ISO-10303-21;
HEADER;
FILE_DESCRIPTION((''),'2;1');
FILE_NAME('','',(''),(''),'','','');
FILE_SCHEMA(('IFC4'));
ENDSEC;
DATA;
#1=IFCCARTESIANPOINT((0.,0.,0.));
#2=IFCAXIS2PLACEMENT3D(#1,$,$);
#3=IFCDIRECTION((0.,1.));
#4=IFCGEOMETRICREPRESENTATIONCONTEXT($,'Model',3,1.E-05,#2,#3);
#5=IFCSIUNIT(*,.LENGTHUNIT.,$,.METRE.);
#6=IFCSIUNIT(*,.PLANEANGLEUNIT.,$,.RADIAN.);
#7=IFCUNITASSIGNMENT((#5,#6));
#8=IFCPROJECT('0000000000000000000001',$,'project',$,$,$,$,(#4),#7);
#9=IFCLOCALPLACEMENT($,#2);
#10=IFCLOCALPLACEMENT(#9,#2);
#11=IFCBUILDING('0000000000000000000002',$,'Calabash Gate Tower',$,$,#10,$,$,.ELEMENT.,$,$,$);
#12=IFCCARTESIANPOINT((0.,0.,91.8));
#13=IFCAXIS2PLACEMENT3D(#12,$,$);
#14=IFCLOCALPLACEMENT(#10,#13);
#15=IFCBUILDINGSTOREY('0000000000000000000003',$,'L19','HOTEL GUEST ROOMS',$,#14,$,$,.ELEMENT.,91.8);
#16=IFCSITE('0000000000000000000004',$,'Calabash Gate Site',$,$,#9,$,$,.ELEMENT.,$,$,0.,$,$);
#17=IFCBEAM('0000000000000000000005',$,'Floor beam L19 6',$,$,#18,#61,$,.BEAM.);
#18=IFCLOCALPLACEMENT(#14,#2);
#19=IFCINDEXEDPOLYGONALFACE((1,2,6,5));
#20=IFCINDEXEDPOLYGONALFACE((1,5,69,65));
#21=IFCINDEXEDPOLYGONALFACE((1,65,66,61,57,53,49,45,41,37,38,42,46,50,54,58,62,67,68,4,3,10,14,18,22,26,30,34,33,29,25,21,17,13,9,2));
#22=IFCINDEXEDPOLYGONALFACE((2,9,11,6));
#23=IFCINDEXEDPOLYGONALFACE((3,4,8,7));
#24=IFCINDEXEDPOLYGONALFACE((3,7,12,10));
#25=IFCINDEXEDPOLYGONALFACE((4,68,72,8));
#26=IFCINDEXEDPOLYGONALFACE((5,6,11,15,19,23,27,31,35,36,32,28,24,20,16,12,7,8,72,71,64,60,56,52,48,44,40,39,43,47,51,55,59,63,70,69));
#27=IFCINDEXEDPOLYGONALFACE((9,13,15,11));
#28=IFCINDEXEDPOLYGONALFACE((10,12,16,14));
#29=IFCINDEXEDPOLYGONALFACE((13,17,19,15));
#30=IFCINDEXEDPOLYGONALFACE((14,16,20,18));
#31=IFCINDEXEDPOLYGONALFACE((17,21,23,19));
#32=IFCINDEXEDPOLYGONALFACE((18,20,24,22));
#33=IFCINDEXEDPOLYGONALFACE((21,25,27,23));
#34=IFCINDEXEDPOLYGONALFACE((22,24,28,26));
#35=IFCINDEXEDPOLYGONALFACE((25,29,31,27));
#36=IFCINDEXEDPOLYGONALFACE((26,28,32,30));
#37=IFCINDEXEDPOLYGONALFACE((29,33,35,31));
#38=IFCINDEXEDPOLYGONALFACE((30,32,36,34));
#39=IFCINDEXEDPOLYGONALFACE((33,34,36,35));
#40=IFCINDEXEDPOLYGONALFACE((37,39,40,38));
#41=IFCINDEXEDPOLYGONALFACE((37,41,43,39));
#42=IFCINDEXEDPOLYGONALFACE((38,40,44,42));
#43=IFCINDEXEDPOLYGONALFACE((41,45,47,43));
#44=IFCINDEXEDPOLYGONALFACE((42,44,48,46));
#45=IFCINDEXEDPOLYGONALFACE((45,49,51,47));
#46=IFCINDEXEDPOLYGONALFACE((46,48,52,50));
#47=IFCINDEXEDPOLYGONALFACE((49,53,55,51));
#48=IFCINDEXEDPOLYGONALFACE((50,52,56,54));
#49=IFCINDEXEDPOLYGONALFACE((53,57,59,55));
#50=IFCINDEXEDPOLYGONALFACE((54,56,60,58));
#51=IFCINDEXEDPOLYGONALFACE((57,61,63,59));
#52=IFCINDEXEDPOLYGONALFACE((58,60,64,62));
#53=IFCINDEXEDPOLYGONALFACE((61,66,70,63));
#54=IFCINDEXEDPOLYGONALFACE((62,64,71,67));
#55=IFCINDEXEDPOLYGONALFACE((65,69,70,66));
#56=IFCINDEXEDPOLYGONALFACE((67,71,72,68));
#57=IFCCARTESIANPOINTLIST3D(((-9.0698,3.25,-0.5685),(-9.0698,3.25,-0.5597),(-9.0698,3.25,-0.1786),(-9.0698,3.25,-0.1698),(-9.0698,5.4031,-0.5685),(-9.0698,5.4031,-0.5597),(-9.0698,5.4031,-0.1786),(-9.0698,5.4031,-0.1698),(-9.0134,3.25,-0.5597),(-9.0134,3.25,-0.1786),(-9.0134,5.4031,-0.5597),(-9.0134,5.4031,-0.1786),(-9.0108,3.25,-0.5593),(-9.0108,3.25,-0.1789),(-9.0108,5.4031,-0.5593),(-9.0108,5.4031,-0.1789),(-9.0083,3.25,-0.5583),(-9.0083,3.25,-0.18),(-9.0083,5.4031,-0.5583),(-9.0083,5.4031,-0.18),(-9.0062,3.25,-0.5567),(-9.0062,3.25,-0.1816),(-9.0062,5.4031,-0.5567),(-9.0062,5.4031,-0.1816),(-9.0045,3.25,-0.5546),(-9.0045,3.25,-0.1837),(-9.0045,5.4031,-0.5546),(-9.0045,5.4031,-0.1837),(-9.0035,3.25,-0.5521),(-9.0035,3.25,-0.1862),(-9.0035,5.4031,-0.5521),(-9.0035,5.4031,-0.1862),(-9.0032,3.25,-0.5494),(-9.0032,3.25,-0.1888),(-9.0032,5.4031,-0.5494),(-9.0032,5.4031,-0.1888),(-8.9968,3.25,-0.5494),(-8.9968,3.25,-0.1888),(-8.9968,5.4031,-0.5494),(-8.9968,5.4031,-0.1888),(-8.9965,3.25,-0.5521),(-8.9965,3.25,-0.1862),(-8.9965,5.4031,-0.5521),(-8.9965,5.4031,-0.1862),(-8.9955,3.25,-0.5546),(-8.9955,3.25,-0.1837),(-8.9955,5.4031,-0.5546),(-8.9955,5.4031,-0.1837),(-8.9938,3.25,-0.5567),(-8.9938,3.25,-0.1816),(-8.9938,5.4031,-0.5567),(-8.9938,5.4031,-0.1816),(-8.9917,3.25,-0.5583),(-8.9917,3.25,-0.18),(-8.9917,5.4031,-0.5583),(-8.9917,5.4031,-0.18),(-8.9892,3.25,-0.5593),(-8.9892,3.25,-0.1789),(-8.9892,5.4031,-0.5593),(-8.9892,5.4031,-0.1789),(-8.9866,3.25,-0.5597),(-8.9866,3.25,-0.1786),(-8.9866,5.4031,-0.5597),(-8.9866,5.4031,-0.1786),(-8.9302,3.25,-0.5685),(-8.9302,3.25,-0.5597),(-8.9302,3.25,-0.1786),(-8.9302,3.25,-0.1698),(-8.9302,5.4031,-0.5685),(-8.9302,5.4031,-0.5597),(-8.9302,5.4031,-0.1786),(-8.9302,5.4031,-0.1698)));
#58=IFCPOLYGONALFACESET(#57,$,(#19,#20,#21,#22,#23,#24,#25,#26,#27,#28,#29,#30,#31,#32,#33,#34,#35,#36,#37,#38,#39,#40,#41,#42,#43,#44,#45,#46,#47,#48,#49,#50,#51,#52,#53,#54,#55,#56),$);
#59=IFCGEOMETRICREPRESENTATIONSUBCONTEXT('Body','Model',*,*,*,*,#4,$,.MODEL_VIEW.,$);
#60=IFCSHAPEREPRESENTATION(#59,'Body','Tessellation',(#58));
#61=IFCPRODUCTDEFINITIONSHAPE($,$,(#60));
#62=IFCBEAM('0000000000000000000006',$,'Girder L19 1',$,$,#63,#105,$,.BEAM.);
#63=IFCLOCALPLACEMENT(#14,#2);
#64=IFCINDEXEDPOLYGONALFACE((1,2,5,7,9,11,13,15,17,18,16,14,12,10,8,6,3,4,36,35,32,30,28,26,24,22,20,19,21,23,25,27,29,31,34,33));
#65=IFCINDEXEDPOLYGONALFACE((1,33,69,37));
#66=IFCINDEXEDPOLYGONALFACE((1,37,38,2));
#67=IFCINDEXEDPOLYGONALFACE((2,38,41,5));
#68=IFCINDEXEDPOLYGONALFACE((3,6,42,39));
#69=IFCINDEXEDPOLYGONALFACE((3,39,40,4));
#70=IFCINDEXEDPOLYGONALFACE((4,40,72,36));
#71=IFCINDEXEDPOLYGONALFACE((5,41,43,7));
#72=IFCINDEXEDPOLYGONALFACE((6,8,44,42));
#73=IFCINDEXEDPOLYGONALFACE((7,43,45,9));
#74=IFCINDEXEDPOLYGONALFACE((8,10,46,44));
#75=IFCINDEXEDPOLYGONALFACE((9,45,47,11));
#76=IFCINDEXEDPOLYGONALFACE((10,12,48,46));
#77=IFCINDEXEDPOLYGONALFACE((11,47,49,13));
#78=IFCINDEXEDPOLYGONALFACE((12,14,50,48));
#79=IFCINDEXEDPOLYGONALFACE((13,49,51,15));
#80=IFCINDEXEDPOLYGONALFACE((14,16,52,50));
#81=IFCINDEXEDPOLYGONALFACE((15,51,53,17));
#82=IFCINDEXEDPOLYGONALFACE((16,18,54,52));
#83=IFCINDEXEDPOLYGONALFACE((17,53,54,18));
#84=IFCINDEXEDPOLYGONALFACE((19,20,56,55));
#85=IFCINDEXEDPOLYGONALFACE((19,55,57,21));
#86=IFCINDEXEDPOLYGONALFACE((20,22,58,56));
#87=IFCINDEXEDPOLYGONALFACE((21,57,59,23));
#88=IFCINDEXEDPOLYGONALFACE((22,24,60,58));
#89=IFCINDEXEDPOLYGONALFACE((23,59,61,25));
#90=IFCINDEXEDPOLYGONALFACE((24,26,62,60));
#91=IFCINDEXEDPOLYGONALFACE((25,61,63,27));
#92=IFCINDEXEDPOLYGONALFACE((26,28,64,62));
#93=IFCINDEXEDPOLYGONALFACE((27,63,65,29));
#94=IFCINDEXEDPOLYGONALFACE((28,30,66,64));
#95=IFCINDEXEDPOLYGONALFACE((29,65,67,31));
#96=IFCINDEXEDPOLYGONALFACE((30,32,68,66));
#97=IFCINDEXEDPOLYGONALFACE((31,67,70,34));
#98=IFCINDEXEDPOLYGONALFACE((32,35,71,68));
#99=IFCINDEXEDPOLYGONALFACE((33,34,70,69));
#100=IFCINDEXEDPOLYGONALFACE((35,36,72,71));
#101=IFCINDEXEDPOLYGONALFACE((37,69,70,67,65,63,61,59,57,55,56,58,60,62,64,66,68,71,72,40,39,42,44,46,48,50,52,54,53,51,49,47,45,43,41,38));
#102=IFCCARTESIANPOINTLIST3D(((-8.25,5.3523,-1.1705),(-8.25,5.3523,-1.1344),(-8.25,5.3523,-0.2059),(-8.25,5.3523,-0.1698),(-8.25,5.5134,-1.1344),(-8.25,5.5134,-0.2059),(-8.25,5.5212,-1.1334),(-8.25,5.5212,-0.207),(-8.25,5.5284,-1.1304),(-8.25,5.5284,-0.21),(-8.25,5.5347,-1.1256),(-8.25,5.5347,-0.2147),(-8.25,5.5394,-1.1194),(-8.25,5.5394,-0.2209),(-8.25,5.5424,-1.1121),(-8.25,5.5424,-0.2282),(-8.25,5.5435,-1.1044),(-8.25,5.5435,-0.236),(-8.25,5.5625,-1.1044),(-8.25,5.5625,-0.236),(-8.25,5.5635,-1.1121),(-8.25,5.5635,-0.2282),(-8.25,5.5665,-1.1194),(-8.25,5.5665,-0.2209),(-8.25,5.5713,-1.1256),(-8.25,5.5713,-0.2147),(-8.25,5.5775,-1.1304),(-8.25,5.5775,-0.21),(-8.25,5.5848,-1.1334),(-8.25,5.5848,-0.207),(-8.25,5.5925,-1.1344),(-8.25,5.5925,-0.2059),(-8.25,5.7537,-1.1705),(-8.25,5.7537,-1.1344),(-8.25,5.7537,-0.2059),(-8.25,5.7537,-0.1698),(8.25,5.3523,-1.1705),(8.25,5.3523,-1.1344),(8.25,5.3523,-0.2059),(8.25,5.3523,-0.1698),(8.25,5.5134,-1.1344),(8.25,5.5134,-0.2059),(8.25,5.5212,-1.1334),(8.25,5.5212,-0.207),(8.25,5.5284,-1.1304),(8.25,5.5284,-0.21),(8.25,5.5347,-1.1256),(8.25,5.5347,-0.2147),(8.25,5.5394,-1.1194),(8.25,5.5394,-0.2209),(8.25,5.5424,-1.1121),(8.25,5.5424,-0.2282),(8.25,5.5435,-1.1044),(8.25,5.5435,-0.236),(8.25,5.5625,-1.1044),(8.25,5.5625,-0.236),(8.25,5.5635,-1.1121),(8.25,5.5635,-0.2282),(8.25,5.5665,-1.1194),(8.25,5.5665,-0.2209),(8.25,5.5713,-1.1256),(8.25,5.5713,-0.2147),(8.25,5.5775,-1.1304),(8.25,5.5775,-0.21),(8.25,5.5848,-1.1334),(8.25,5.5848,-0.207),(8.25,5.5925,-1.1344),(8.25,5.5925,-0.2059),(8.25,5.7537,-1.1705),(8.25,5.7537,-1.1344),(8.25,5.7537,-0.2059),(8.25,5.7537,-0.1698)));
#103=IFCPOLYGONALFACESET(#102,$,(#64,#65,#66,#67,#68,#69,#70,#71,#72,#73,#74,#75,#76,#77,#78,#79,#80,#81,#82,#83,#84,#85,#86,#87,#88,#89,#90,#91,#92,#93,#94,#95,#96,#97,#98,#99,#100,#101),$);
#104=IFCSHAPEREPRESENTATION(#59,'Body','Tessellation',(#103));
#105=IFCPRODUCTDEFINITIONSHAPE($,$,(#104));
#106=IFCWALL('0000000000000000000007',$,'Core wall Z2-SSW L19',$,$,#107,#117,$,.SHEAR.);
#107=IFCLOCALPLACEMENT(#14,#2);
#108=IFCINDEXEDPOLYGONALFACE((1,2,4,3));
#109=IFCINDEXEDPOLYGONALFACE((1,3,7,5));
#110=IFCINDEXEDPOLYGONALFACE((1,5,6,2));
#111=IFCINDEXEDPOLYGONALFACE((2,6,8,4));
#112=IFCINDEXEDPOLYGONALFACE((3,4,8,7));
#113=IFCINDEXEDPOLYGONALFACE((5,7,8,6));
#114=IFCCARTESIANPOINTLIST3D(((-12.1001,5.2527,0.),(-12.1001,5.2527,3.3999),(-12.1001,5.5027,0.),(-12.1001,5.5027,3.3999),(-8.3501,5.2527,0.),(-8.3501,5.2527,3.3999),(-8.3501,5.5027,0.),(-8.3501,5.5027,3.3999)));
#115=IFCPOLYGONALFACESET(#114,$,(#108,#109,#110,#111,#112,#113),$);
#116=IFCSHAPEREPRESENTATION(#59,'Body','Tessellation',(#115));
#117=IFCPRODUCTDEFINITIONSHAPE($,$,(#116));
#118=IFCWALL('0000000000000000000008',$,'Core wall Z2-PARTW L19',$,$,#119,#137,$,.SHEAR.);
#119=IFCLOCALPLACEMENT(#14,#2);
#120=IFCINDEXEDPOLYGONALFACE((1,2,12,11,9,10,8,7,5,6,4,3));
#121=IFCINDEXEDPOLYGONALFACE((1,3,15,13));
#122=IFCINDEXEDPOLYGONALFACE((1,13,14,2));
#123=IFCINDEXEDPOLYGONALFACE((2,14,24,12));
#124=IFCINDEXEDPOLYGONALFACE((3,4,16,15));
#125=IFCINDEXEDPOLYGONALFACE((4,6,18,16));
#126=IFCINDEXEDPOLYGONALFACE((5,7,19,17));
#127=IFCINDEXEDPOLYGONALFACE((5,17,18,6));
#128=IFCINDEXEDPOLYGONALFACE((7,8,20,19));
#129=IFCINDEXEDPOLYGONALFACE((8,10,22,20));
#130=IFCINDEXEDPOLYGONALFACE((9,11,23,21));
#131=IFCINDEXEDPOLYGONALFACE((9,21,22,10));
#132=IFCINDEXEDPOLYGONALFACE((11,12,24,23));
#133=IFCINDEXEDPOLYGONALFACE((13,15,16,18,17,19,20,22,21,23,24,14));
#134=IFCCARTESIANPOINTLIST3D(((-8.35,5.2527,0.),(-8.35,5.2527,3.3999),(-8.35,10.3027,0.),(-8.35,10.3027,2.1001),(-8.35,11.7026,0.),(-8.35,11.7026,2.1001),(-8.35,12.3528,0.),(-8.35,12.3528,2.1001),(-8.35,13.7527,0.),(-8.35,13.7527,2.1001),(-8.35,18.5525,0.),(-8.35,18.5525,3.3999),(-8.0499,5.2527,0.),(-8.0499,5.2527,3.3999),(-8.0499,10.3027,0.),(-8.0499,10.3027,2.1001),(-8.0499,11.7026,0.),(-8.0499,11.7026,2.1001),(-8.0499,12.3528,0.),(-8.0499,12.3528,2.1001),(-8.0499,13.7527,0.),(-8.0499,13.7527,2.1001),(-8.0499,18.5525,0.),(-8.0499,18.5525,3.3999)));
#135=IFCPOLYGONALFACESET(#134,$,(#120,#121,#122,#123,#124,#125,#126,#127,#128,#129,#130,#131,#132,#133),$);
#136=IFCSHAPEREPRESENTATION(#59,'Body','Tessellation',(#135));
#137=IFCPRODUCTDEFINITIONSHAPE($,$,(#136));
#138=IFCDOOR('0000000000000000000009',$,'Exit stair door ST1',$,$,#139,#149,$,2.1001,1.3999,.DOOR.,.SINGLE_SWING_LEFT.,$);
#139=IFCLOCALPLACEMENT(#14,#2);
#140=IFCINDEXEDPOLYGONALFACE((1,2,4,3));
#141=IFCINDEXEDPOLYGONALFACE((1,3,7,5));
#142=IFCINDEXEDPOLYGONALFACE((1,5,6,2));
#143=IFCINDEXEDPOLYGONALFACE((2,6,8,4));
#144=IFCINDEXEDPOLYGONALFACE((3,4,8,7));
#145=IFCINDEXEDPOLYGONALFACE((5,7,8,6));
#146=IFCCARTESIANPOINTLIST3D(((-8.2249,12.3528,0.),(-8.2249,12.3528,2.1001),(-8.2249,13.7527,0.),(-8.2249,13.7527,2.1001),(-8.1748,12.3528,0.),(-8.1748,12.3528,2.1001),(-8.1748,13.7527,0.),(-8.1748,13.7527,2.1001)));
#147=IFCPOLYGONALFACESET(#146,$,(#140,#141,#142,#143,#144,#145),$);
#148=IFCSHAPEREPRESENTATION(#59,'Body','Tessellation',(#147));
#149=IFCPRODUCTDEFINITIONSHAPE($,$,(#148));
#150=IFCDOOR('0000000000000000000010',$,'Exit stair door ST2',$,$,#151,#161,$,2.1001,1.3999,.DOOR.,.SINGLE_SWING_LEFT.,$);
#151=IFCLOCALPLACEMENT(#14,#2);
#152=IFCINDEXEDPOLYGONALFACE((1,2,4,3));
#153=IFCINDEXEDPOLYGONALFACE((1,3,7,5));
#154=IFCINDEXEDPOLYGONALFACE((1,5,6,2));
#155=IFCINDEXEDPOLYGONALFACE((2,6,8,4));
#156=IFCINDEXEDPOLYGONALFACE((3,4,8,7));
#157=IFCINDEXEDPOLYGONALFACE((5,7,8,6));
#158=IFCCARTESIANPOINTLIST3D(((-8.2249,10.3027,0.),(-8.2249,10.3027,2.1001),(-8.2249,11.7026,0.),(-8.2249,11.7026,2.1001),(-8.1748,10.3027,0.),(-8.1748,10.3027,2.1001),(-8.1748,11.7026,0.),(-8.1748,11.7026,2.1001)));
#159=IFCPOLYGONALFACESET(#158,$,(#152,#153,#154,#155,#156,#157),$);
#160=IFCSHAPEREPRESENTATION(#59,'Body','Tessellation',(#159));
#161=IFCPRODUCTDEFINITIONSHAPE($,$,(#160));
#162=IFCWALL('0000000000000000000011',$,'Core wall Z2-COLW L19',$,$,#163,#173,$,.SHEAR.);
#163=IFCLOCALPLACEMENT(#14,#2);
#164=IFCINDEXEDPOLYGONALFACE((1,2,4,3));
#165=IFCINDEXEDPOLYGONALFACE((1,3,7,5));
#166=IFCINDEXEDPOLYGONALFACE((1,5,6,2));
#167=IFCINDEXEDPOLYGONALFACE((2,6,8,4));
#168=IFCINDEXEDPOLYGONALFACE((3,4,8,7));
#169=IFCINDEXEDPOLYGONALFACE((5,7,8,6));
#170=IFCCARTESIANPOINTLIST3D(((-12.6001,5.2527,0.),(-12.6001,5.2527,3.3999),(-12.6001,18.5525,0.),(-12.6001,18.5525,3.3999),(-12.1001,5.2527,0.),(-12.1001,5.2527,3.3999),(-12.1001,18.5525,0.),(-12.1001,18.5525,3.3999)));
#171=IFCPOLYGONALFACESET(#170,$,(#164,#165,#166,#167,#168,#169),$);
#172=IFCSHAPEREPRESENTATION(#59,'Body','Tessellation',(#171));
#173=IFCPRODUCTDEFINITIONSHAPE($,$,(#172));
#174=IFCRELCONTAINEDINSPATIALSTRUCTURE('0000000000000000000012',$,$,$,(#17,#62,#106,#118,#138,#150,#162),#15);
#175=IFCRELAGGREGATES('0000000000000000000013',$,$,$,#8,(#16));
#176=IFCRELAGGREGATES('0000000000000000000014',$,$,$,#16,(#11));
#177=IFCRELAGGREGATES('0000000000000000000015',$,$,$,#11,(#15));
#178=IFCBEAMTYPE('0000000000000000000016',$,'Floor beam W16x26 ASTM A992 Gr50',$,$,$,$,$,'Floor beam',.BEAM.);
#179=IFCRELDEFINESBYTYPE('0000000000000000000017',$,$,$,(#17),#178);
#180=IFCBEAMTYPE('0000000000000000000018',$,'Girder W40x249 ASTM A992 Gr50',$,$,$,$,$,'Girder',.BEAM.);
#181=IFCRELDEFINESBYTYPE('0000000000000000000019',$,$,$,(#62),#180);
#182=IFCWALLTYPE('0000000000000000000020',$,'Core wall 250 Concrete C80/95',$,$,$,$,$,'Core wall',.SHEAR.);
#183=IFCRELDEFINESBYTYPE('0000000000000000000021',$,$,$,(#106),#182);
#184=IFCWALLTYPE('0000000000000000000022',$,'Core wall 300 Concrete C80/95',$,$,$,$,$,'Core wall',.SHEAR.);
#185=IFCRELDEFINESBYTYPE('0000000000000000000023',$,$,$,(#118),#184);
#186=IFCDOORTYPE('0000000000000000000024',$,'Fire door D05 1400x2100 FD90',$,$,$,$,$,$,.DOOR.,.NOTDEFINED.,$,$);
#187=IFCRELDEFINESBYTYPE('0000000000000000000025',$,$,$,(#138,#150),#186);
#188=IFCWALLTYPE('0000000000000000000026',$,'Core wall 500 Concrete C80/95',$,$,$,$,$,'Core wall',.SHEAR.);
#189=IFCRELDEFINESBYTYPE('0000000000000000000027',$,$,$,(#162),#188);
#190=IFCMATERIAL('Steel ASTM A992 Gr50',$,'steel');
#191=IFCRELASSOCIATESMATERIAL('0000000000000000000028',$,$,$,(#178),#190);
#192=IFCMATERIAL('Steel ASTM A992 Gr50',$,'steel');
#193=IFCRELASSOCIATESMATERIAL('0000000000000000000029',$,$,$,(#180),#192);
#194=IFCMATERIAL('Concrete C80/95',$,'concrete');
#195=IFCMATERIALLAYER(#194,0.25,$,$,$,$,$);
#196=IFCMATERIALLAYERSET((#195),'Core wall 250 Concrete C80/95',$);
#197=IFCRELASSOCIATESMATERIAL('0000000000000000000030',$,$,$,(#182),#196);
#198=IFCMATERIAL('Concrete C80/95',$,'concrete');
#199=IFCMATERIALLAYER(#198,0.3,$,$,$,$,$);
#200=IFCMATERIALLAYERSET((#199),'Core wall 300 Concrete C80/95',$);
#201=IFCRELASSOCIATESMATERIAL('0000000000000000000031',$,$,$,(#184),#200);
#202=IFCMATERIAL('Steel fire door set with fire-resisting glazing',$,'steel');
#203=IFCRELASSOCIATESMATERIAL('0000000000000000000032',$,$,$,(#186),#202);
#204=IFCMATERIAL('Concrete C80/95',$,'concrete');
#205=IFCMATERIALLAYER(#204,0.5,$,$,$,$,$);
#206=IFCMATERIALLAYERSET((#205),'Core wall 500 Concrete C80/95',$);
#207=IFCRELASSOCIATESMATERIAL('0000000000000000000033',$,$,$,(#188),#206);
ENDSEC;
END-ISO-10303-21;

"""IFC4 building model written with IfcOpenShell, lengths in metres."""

from ifc_helpers import new_model, si_unit, direction, frame, frame_2d, origin, origin_2d, place, context, subcontext, project, spatial, rectangle, i_section, extrude, material, layer, layer_set, material_profile, profile_set, type_object, element, fill, save


model = new_model("IFC4")

# Units and contexts
model_context = context("Model", 3, precision=1e-05, world=origin(), true_north=direction((0.0, 1.0)))
body_context = subcontext(model_context, "Body", "Model", "MODEL_VIEW")
ifc_project = project(units=[si_unit("LENGTHUNIT", "METRE"), si_unit("PLANEANGLEUNIT", "RADIAN")], contexts=[model_context])

# Site, building, storey
site_placement = place(None, origin())
site = spatial("IfcSite", under=ifc_project, at=site_placement, Name="Calabash Gate Site", CompositionType="ELEMENT", RefElevation=0.0)
building_placement = place(site_placement, origin())
building = spatial("IfcBuilding", under=site, at=building_placement, Name="Calabash Gate Tower", CompositionType="ELEMENT")
storey_placement = place(building_placement, frame((0.0, 0.0, 91.8)))
storey = spatial("IfcBuildingStorey", under=building, at=storey_placement, Name="L19", Description="HOTEL GUEST ROOMS", CompositionType="ELEMENT", Elevation=91.8)

# Beams
ifc_material_1 = material(Name="Steel ASTM A992 Gr50", Category="steel")
ifc_material_profile_1 = material_profile(ifc_material_1, i_section(OverallWidth=0.1396, OverallDepth=0.3987, WebThickness=0.0063, FlangeThickness=0.0088, FilletRadius=0.0103, at=origin_2d()))
ifc_profile_set_1 = profile_set([ifc_material_profile_1], Name="Steel ASTM A992 Gr50")
beam_type_1 = type_object("IfcBeamType", Name="Floor beam W16x26 ASTM A992 Gr50", ElementType="Floor beam", PredefinedType="BEAM", material=ifc_profile_set_1)
beam_1_placement = place(storey_placement, frame((-9.0, 3.25, -0.3691), z_axis=(0.0, 1.0, 0.0), x_axis=(-1.0, 0.0, 0.0)))
element("IfcBeam", 1, at=beam_1_placement, inside=storey, type_object=beam_type_1, Name="Floor beam L19 6", PredefinedType="BEAM", context=body_context, shape_type="SweptSolid", body=[
    extrude(i_section(OverallWidth=0.1396, OverallDepth=0.3987, WebThickness=0.0063, FlangeThickness=0.0088, FilletRadius=0.0103, at=origin_2d()), origin(), (0.0, 0.0, 1.0), 2.1531),
])
ifc_material_2 = material(Name="Steel ASTM A992 Gr50", Category="steel")
ifc_material_profile_2 = material_profile(ifc_material_2, i_section(OverallWidth=0.4014, OverallDepth=1.0007, WebThickness=0.019, FlangeThickness=0.0361, FilletRadius=0.03, at=origin_2d()))
ifc_profile_set_2 = profile_set([ifc_material_profile_2], Name="Steel ASTM A992 Gr50")
beam_type_2 = type_object("IfcBeamType", Name="Girder W40x249 ASTM A992 Gr50", ElementType="Girder", PredefinedType="BEAM", material=ifc_profile_set_2)
beam_2_placement = place(storey_placement, frame((-8.25, 5.553, -0.6702), z_axis=(1.0, 0.0, 0.0), x_axis=(0.0, 1.0, 0.0)))
element("IfcBeam", 2, at=beam_2_placement, inside=storey, type_object=beam_type_2, Name="Girder L19 1", PredefinedType="BEAM", context=body_context, shape_type="SweptSolid", body=[
    extrude(i_section(OverallWidth=0.4014, OverallDepth=1.0007, WebThickness=0.019, FlangeThickness=0.0361, FilletRadius=0.03, at=origin_2d()), origin(), (0.0, 0.0, 1.0), 16.5),
])

# Wall
ifc_material_3 = material(Name="Concrete C80/95", Category="concrete")
ifc_layer_1 = layer(ifc_material_3, 0.25)
ifc_layer_set_1 = layer_set([ifc_layer_1], Name="Core wall 250 Concrete C80/95")
wall_type_1 = type_object("IfcWallType", Name="Core wall 250 Concrete C80/95", ElementType="Core wall", PredefinedType="SHEAR", material=ifc_layer_set_1)
wall_1_placement = place(storey_placement, frame((-12.1001, 5.3777, 0.0), z_axis=(0.0, 0.0, 1.0), x_axis=(1.0, 0.0, 0.0)))
element("IfcWall", 3, at=wall_1_placement, inside=storey, type_object=wall_type_1, Name="Core wall Z2-SSW L19", PredefinedType="SHEAR", context=body_context, shape_type="SweptSolid", body=[
    extrude(rectangle(XDim=3.75, YDim=0.25, at=frame_2d((1.875, 0.0))), origin(), (0.0, 0.0, 1.0), 3.3999),
])

# Wall, openings, doors
ifc_material_4 = material(Name="Concrete C80/95", Category="concrete")
ifc_layer_2 = layer(ifc_material_4, 0.3)
ifc_layer_set_2 = layer_set([ifc_layer_2], Name="Core wall 300 Concrete C80/95")
wall_type_2 = type_object("IfcWallType", Name="Core wall 300 Concrete C80/95", ElementType="Core wall", PredefinedType="SHEAR", material=ifc_layer_set_2)
wall_2_placement = place(storey_placement, frame((-8.2, 5.2527, 0.0), z_axis=(0.0, 0.0, 1.0), x_axis=(0.0, 1.0, 0.0)))
wall_2 = element("IfcWall", 4, at=wall_2_placement, inside=storey, type_object=wall_type_2, Name="Core wall Z2-PARTW L19", PredefinedType="SHEAR", context=body_context, shape_type="SweptSolid", body=[
    extrude(rectangle(XDim=13.2998, YDim=0.3, at=frame_2d((6.6499, 0.0))), origin(), (0.0, 0.0, 1.0), 3.3999),
])
opening_1_placement = place(wall_2_placement, frame((7.1001, 0.0, 0.0)))
opening_1 = element("IfcOpeningElement", 5, at=opening_1_placement, cuts=wall_2, PredefinedType="OPENING", context=body_context, shape_type="SweptSolid", body=[
    extrude(rectangle(XDim=1.3999, YDim=2.1001, at=frame_2d((0.7, 1.05))), frame((0.0, 0.1599, 0.0), z_axis=(0.0, -1.0, 0.0), x_axis=(1.0, 0.0, 0.0)), (0.0, 0.0, 1.0), 0.3201),
])
opening_2_placement = place(wall_2_placement, frame((5.05, 0.0, 0.0)))
opening_2 = element("IfcOpeningElement", 6, at=opening_2_placement, cuts=wall_2, PredefinedType="OPENING", context=body_context, shape_type="SweptSolid", body=[
    extrude(rectangle(XDim=1.3999, YDim=2.1001, at=frame_2d((0.7, 1.05))), frame((0.0, 0.1599, 0.0), z_axis=(0.0, -1.0, 0.0), x_axis=(1.0, 0.0, 0.0)), (0.0, 0.0, 1.0), 0.3201),
])
ifc_material_5 = material(Name="Steel fire door set with fire-resisting glazing", Category="steel")
door_type_1 = type_object("IfcDoorType", Name="Fire door D05 1400x2100 FD90", OperationType="NOTDEFINED", PredefinedType="DOOR", material=ifc_material_5)
door_1_placement = place(opening_1_placement, origin())
door_1 = element("IfcDoor", 7, at=door_1_placement, inside=storey, type_object=door_type_1, Name="Exit stair door ST1", OperationType="SINGLE_SWING_LEFT", OverallHeight=2.1001, OverallWidth=1.3999, PredefinedType="DOOR", context=body_context, shape_type="SweptSolid", body=[
    extrude(rectangle(XDim=1.3999, YDim=2.1001, at=frame_2d((0.7, 1.05))), frame((0.0, 0.0249, 0.0), z_axis=(0.0, -1.0, 0.0), x_axis=(1.0, 0.0, 0.0)), (0.0, 0.0, 1.0), 0.05),
])
fill(opening_1, door_1)
door_2_placement = place(opening_2_placement, origin())
door_2 = element("IfcDoor", 8, at=door_2_placement, inside=storey, type_object=door_type_1, Name="Exit stair door ST2", OperationType="SINGLE_SWING_LEFT", OverallHeight=2.1001, OverallWidth=1.3999, PredefinedType="DOOR", context=body_context, shape_type="SweptSolid", body=[
    extrude(rectangle(XDim=1.3999, YDim=2.1001, at=frame_2d((0.7, 1.05))), frame((0.0, 0.0249, 0.0), z_axis=(0.0, -1.0, 0.0), x_axis=(1.0, 0.0, 0.0)), (0.0, 0.0, 1.0), 0.05),
])
fill(opening_2, door_2)

# Wall
ifc_material_6 = material(Name="Concrete C80/95", Category="concrete")
ifc_layer_3 = layer(ifc_material_6, 0.5)
ifc_layer_set_3 = layer_set([ifc_layer_3], Name="Core wall 500 Concrete C80/95")
wall_type_3 = type_object("IfcWallType", Name="Core wall 500 Concrete C80/95", ElementType="Core wall", PredefinedType="SHEAR", material=ifc_layer_set_3)
wall_3_placement = place(storey_placement, frame((-12.3501, 5.2527, 0.0), z_axis=(0.0, 0.0, 1.0), x_axis=(0.0, 1.0, 0.0)))
element("IfcWall", 9, at=wall_3_placement, inside=storey, type_object=wall_type_3, Name="Core wall Z2-COLW L19", PredefinedType="SHEAR", context=body_context, shape_type="SweptSolid", body=[
    extrude(rectangle(XDim=13.2998, YDim=0.5, at=frame_2d((6.6499, 0.0))), origin(), (0.0, 0.0, 1.0), 3.3999),
])

save(model, "model.ifc")
